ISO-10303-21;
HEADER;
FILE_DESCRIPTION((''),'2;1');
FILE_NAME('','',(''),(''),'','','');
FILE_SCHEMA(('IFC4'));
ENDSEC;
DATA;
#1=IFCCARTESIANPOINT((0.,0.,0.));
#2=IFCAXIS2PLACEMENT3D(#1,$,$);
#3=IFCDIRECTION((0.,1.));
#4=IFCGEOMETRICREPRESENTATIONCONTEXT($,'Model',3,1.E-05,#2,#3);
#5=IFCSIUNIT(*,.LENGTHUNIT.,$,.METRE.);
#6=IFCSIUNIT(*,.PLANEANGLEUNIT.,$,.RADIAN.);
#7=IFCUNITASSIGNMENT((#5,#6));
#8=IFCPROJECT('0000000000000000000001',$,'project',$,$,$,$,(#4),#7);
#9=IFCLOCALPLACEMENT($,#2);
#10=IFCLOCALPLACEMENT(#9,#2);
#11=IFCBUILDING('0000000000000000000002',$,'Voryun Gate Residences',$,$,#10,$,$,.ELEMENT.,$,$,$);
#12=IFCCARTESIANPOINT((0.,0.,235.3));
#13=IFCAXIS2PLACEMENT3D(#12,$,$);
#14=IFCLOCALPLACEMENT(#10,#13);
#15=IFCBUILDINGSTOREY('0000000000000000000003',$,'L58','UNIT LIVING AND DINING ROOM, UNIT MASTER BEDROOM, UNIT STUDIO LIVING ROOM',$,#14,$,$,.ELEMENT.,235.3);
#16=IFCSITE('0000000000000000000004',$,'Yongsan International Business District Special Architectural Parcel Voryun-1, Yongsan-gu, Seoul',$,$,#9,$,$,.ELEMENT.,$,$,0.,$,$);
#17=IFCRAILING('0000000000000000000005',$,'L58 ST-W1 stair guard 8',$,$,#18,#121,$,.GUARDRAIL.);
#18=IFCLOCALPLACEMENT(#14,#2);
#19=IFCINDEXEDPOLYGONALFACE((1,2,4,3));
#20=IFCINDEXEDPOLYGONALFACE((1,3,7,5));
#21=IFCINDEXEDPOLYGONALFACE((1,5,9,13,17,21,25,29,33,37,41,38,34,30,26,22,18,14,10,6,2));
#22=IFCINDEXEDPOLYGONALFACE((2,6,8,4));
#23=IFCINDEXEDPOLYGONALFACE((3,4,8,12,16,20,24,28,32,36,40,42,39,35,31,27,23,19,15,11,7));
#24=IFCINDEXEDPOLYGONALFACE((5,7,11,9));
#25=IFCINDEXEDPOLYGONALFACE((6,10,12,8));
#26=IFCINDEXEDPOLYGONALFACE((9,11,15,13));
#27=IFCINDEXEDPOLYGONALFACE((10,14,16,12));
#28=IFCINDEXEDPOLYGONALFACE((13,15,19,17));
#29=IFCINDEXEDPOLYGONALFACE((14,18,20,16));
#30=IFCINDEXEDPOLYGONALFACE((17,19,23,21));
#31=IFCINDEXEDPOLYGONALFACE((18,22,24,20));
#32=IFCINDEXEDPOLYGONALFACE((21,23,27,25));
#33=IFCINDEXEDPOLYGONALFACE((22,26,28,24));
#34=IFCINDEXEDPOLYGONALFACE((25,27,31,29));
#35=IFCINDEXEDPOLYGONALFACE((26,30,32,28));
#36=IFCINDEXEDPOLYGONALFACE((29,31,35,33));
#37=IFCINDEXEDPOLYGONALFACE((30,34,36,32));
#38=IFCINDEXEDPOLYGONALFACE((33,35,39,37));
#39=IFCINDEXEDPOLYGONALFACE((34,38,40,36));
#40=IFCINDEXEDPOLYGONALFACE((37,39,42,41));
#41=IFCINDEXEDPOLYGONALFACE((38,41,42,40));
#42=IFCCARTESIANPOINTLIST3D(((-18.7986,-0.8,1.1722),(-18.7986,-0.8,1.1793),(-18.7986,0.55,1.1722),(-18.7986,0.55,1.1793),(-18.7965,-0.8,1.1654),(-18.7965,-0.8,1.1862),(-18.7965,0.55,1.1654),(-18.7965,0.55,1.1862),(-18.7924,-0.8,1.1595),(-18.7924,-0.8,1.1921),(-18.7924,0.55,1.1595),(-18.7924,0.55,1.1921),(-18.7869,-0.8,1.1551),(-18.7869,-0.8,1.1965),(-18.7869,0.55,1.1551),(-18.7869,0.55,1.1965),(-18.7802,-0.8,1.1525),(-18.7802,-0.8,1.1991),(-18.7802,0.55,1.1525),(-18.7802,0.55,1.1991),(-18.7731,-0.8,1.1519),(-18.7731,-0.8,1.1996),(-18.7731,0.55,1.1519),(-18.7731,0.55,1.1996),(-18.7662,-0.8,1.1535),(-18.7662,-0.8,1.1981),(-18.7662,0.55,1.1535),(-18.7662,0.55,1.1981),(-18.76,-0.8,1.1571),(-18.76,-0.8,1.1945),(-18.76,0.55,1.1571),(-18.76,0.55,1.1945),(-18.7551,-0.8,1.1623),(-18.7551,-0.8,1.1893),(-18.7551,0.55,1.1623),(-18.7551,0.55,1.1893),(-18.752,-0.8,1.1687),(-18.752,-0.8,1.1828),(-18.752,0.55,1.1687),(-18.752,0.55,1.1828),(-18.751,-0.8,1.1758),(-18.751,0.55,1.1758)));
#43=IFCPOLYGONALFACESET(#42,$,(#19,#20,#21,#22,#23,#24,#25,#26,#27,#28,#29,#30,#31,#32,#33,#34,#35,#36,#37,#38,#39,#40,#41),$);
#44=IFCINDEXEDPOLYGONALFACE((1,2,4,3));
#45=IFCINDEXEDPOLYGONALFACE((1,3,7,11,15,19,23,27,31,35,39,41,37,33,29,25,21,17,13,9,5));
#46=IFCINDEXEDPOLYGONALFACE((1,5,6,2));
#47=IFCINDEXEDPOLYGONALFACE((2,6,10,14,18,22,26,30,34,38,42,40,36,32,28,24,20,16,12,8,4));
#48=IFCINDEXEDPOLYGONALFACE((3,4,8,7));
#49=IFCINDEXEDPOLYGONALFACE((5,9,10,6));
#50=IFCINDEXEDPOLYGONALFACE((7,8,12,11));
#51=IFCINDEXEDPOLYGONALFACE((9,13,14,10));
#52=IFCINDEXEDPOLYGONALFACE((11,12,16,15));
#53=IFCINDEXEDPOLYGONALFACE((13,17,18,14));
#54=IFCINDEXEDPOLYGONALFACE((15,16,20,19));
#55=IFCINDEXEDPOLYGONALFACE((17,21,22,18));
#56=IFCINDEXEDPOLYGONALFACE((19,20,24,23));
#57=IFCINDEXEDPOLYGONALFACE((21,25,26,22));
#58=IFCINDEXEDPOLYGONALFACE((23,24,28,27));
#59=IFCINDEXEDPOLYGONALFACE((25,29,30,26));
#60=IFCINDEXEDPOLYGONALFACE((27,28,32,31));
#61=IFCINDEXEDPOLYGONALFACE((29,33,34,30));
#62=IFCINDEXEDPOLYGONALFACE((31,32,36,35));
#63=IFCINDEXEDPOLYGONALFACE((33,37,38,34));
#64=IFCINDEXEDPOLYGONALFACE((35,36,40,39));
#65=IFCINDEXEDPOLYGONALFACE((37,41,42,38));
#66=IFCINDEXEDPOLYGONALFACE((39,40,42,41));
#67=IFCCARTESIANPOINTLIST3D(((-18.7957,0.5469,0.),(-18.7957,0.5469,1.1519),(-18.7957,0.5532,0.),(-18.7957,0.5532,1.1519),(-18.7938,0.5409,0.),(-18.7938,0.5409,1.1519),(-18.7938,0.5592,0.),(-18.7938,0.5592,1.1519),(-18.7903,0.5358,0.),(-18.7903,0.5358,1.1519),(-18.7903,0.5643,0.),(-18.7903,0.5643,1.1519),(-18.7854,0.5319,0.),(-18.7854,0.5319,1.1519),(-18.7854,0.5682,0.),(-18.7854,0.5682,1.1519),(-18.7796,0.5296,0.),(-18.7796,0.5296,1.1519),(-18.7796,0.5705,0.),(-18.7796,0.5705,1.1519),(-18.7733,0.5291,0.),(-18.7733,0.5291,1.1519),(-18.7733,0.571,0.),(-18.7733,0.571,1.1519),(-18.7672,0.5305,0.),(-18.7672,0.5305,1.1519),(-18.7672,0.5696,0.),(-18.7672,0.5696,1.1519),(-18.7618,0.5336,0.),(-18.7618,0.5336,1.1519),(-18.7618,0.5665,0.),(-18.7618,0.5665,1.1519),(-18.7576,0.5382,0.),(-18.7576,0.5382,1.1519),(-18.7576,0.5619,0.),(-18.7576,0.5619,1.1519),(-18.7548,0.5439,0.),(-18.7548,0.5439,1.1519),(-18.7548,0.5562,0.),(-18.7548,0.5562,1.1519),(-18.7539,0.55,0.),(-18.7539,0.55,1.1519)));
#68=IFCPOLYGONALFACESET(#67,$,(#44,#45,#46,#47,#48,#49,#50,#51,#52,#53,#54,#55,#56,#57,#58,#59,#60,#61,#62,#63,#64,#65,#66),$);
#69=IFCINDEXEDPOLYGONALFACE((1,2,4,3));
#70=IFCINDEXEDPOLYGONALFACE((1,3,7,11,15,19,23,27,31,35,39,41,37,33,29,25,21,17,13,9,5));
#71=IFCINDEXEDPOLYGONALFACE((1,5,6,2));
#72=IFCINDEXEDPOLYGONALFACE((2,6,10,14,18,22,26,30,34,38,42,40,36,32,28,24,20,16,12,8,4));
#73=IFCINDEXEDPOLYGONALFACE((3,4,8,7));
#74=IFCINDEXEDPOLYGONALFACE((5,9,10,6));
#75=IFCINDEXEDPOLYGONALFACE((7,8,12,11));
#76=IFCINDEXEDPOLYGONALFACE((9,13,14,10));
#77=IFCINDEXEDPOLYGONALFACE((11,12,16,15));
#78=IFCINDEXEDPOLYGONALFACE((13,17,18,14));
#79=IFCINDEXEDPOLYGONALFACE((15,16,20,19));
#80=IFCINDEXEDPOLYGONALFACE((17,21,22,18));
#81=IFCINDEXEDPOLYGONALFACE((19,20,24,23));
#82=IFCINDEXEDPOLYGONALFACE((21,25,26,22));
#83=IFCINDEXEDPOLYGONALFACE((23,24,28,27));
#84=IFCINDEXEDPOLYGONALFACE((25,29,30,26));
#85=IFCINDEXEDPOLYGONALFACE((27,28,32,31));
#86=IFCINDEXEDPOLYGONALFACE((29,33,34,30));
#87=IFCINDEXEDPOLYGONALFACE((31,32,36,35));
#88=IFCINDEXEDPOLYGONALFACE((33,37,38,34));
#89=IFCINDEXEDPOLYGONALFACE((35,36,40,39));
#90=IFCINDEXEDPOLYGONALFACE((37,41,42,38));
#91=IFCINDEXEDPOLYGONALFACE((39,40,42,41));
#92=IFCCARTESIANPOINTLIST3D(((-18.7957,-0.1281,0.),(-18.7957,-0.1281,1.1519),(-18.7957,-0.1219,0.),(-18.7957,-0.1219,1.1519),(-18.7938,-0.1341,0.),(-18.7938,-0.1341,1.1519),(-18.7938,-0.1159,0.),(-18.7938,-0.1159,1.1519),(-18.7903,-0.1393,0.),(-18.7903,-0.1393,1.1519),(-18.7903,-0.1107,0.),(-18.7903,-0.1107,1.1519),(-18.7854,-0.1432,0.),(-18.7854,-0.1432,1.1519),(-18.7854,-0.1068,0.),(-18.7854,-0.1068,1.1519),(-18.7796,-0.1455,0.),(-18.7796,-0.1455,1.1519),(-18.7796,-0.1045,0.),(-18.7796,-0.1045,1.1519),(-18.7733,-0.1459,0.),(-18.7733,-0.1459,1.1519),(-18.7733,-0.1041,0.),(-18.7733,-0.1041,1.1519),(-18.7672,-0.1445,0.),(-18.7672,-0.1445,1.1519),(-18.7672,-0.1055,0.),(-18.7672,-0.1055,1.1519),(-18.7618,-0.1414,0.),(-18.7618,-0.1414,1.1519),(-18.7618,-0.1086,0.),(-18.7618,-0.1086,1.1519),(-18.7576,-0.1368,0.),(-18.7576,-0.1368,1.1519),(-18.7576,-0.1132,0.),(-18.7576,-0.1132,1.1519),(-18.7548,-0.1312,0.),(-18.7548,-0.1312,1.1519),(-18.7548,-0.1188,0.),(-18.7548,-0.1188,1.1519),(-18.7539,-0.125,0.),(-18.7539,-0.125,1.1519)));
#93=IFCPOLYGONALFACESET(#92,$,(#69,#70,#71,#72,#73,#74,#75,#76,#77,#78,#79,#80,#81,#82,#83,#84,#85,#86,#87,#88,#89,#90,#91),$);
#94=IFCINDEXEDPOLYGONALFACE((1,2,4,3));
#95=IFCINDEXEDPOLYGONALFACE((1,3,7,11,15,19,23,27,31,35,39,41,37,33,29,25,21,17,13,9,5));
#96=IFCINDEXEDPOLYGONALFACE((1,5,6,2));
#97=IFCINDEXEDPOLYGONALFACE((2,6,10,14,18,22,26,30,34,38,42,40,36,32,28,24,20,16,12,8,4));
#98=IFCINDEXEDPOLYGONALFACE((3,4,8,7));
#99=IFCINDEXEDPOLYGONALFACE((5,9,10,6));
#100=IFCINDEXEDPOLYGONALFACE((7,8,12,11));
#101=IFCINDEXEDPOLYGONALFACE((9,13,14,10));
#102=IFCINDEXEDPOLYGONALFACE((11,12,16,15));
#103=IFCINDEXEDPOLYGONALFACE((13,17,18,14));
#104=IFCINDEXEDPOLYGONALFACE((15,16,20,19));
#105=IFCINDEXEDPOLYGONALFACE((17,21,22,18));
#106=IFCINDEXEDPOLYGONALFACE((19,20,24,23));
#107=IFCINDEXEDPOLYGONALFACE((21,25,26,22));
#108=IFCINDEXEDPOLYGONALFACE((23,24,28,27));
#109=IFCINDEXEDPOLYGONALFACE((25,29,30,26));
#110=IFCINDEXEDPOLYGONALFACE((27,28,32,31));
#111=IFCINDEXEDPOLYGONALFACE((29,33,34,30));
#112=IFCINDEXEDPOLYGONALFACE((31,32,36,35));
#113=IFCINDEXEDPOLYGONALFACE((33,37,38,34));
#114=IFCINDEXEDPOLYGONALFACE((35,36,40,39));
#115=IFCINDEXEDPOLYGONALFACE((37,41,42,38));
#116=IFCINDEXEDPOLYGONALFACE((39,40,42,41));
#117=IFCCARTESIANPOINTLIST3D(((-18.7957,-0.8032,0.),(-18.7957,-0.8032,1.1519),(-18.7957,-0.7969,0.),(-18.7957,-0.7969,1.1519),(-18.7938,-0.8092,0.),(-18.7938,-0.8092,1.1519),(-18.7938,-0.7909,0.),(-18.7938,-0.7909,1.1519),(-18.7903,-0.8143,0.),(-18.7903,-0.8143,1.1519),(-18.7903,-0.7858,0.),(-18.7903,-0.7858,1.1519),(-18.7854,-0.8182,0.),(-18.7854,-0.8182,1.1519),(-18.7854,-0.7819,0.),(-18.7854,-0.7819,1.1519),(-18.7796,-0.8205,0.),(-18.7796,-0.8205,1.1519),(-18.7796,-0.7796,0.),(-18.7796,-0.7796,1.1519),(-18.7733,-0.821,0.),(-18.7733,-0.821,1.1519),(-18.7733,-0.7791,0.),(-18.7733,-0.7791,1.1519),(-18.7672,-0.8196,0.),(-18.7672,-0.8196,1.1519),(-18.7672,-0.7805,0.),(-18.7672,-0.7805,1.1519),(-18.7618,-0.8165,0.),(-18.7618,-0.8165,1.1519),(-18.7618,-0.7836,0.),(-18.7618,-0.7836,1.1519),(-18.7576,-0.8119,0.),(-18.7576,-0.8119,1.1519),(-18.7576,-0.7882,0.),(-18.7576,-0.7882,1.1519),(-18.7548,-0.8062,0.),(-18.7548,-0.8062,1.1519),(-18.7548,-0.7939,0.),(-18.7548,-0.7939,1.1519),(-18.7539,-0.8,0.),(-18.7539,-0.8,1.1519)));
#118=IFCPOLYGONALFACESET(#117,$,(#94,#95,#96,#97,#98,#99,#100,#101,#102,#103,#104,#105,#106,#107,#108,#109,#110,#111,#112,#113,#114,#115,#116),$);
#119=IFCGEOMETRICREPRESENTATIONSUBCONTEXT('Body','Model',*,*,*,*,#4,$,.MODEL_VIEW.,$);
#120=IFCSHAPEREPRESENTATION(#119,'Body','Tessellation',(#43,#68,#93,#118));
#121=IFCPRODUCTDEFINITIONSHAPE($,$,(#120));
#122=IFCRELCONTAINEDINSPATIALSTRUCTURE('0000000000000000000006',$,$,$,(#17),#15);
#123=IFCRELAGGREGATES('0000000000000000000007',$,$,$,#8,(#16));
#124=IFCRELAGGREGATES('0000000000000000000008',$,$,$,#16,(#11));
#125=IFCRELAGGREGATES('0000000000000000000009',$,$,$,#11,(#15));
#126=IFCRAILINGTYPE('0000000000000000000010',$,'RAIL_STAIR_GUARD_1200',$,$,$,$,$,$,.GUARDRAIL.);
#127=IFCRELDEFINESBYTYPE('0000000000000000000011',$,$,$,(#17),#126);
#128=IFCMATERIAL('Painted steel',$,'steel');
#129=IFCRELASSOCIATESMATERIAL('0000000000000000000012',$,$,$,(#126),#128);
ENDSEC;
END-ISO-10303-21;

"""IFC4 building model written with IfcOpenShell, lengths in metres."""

from ifc_helpers import new_model, si_unit, direction, frame, origin, origin_2d, place, context, subcontext, project, spatial, circle, extrude, material, type_object, element, save


model = new_model("IFC4")

# Units and contexts
model_context = context("Model", 3, precision=1e-05, world=origin(), true_north=direction((0.0, 1.0)))
body_context = subcontext(model_context, "Body", "Model", "MODEL_VIEW")
ifc_project = project(units=[si_unit("LENGTHUNIT", "METRE"), si_unit("PLANEANGLEUNIT", "RADIAN")], contexts=[model_context])

# Site, building, storey
site_placement = place(None, origin())
site = spatial("IfcSite", under=ifc_project, at=site_placement, Name="Yongsan International Business District Special Architectural Parcel Voryun-1, Yongsan-gu, Seoul", CompositionType="ELEMENT", RefElevation=0.0)
building_placement = place(site_placement, origin())
building = spatial("IfcBuilding", under=site, at=building_placement, Name="Voryun Gate Residences", CompositionType="ELEMENT")
storey_placement = place(building_placement, frame((0.0, 0.0, 235.3)))
storey = spatial("IfcBuildingStorey", under=building, at=storey_placement, Name="L58", Description="UNIT LIVING AND DINING ROOM, UNIT MASTER BEDROOM, UNIT STUDIO LIVING ROOM", CompositionType="ELEMENT", Elevation=235.3)

# Railing
ifc_material_1 = material(Name="Painted steel", Category="steel")
railing_type = type_object("IfcRailingType", Name="RAIL_STAIR_GUARD_1200", PredefinedType="GUARDRAIL", material=ifc_material_1)
railing_1_placement = place(storey_placement, frame((-18.7749, 0.55, 0.0)))
element("IfcRailing", 1, at=railing_1_placement, inside=storey, type_object=railing_type, Name="L58 ST-W1 stair guard 8", PredefinedType="GUARDRAIL", context=body_context, shape_type="SweptSolid", body=[
    extrude(circle(Radius=0.0239, at=origin_2d()), frame((0.0, 0.0, 1.1758), z_axis=(0.0, -1.0, 0.0), x_axis=(1.0, 0.0, 0.0)), (0.0, 0.0, 1.0), 1.3501),
    extrude(circle(Radius=0.021, at=origin_2d()), origin(), (0.0, 0.0, 1.0), 1.1519),
    extrude(circle(Radius=0.021, at=origin_2d()), frame((0.0, -0.675, 0.0)), (0.0, 0.0, 1.0), 1.1519),
    extrude(circle(Radius=0.021, at=origin_2d()), frame((0.0, -1.3501, 0.0)), (0.0, 0.0, 1.0), 1.1519),
])

save(model, "model.ifc")
